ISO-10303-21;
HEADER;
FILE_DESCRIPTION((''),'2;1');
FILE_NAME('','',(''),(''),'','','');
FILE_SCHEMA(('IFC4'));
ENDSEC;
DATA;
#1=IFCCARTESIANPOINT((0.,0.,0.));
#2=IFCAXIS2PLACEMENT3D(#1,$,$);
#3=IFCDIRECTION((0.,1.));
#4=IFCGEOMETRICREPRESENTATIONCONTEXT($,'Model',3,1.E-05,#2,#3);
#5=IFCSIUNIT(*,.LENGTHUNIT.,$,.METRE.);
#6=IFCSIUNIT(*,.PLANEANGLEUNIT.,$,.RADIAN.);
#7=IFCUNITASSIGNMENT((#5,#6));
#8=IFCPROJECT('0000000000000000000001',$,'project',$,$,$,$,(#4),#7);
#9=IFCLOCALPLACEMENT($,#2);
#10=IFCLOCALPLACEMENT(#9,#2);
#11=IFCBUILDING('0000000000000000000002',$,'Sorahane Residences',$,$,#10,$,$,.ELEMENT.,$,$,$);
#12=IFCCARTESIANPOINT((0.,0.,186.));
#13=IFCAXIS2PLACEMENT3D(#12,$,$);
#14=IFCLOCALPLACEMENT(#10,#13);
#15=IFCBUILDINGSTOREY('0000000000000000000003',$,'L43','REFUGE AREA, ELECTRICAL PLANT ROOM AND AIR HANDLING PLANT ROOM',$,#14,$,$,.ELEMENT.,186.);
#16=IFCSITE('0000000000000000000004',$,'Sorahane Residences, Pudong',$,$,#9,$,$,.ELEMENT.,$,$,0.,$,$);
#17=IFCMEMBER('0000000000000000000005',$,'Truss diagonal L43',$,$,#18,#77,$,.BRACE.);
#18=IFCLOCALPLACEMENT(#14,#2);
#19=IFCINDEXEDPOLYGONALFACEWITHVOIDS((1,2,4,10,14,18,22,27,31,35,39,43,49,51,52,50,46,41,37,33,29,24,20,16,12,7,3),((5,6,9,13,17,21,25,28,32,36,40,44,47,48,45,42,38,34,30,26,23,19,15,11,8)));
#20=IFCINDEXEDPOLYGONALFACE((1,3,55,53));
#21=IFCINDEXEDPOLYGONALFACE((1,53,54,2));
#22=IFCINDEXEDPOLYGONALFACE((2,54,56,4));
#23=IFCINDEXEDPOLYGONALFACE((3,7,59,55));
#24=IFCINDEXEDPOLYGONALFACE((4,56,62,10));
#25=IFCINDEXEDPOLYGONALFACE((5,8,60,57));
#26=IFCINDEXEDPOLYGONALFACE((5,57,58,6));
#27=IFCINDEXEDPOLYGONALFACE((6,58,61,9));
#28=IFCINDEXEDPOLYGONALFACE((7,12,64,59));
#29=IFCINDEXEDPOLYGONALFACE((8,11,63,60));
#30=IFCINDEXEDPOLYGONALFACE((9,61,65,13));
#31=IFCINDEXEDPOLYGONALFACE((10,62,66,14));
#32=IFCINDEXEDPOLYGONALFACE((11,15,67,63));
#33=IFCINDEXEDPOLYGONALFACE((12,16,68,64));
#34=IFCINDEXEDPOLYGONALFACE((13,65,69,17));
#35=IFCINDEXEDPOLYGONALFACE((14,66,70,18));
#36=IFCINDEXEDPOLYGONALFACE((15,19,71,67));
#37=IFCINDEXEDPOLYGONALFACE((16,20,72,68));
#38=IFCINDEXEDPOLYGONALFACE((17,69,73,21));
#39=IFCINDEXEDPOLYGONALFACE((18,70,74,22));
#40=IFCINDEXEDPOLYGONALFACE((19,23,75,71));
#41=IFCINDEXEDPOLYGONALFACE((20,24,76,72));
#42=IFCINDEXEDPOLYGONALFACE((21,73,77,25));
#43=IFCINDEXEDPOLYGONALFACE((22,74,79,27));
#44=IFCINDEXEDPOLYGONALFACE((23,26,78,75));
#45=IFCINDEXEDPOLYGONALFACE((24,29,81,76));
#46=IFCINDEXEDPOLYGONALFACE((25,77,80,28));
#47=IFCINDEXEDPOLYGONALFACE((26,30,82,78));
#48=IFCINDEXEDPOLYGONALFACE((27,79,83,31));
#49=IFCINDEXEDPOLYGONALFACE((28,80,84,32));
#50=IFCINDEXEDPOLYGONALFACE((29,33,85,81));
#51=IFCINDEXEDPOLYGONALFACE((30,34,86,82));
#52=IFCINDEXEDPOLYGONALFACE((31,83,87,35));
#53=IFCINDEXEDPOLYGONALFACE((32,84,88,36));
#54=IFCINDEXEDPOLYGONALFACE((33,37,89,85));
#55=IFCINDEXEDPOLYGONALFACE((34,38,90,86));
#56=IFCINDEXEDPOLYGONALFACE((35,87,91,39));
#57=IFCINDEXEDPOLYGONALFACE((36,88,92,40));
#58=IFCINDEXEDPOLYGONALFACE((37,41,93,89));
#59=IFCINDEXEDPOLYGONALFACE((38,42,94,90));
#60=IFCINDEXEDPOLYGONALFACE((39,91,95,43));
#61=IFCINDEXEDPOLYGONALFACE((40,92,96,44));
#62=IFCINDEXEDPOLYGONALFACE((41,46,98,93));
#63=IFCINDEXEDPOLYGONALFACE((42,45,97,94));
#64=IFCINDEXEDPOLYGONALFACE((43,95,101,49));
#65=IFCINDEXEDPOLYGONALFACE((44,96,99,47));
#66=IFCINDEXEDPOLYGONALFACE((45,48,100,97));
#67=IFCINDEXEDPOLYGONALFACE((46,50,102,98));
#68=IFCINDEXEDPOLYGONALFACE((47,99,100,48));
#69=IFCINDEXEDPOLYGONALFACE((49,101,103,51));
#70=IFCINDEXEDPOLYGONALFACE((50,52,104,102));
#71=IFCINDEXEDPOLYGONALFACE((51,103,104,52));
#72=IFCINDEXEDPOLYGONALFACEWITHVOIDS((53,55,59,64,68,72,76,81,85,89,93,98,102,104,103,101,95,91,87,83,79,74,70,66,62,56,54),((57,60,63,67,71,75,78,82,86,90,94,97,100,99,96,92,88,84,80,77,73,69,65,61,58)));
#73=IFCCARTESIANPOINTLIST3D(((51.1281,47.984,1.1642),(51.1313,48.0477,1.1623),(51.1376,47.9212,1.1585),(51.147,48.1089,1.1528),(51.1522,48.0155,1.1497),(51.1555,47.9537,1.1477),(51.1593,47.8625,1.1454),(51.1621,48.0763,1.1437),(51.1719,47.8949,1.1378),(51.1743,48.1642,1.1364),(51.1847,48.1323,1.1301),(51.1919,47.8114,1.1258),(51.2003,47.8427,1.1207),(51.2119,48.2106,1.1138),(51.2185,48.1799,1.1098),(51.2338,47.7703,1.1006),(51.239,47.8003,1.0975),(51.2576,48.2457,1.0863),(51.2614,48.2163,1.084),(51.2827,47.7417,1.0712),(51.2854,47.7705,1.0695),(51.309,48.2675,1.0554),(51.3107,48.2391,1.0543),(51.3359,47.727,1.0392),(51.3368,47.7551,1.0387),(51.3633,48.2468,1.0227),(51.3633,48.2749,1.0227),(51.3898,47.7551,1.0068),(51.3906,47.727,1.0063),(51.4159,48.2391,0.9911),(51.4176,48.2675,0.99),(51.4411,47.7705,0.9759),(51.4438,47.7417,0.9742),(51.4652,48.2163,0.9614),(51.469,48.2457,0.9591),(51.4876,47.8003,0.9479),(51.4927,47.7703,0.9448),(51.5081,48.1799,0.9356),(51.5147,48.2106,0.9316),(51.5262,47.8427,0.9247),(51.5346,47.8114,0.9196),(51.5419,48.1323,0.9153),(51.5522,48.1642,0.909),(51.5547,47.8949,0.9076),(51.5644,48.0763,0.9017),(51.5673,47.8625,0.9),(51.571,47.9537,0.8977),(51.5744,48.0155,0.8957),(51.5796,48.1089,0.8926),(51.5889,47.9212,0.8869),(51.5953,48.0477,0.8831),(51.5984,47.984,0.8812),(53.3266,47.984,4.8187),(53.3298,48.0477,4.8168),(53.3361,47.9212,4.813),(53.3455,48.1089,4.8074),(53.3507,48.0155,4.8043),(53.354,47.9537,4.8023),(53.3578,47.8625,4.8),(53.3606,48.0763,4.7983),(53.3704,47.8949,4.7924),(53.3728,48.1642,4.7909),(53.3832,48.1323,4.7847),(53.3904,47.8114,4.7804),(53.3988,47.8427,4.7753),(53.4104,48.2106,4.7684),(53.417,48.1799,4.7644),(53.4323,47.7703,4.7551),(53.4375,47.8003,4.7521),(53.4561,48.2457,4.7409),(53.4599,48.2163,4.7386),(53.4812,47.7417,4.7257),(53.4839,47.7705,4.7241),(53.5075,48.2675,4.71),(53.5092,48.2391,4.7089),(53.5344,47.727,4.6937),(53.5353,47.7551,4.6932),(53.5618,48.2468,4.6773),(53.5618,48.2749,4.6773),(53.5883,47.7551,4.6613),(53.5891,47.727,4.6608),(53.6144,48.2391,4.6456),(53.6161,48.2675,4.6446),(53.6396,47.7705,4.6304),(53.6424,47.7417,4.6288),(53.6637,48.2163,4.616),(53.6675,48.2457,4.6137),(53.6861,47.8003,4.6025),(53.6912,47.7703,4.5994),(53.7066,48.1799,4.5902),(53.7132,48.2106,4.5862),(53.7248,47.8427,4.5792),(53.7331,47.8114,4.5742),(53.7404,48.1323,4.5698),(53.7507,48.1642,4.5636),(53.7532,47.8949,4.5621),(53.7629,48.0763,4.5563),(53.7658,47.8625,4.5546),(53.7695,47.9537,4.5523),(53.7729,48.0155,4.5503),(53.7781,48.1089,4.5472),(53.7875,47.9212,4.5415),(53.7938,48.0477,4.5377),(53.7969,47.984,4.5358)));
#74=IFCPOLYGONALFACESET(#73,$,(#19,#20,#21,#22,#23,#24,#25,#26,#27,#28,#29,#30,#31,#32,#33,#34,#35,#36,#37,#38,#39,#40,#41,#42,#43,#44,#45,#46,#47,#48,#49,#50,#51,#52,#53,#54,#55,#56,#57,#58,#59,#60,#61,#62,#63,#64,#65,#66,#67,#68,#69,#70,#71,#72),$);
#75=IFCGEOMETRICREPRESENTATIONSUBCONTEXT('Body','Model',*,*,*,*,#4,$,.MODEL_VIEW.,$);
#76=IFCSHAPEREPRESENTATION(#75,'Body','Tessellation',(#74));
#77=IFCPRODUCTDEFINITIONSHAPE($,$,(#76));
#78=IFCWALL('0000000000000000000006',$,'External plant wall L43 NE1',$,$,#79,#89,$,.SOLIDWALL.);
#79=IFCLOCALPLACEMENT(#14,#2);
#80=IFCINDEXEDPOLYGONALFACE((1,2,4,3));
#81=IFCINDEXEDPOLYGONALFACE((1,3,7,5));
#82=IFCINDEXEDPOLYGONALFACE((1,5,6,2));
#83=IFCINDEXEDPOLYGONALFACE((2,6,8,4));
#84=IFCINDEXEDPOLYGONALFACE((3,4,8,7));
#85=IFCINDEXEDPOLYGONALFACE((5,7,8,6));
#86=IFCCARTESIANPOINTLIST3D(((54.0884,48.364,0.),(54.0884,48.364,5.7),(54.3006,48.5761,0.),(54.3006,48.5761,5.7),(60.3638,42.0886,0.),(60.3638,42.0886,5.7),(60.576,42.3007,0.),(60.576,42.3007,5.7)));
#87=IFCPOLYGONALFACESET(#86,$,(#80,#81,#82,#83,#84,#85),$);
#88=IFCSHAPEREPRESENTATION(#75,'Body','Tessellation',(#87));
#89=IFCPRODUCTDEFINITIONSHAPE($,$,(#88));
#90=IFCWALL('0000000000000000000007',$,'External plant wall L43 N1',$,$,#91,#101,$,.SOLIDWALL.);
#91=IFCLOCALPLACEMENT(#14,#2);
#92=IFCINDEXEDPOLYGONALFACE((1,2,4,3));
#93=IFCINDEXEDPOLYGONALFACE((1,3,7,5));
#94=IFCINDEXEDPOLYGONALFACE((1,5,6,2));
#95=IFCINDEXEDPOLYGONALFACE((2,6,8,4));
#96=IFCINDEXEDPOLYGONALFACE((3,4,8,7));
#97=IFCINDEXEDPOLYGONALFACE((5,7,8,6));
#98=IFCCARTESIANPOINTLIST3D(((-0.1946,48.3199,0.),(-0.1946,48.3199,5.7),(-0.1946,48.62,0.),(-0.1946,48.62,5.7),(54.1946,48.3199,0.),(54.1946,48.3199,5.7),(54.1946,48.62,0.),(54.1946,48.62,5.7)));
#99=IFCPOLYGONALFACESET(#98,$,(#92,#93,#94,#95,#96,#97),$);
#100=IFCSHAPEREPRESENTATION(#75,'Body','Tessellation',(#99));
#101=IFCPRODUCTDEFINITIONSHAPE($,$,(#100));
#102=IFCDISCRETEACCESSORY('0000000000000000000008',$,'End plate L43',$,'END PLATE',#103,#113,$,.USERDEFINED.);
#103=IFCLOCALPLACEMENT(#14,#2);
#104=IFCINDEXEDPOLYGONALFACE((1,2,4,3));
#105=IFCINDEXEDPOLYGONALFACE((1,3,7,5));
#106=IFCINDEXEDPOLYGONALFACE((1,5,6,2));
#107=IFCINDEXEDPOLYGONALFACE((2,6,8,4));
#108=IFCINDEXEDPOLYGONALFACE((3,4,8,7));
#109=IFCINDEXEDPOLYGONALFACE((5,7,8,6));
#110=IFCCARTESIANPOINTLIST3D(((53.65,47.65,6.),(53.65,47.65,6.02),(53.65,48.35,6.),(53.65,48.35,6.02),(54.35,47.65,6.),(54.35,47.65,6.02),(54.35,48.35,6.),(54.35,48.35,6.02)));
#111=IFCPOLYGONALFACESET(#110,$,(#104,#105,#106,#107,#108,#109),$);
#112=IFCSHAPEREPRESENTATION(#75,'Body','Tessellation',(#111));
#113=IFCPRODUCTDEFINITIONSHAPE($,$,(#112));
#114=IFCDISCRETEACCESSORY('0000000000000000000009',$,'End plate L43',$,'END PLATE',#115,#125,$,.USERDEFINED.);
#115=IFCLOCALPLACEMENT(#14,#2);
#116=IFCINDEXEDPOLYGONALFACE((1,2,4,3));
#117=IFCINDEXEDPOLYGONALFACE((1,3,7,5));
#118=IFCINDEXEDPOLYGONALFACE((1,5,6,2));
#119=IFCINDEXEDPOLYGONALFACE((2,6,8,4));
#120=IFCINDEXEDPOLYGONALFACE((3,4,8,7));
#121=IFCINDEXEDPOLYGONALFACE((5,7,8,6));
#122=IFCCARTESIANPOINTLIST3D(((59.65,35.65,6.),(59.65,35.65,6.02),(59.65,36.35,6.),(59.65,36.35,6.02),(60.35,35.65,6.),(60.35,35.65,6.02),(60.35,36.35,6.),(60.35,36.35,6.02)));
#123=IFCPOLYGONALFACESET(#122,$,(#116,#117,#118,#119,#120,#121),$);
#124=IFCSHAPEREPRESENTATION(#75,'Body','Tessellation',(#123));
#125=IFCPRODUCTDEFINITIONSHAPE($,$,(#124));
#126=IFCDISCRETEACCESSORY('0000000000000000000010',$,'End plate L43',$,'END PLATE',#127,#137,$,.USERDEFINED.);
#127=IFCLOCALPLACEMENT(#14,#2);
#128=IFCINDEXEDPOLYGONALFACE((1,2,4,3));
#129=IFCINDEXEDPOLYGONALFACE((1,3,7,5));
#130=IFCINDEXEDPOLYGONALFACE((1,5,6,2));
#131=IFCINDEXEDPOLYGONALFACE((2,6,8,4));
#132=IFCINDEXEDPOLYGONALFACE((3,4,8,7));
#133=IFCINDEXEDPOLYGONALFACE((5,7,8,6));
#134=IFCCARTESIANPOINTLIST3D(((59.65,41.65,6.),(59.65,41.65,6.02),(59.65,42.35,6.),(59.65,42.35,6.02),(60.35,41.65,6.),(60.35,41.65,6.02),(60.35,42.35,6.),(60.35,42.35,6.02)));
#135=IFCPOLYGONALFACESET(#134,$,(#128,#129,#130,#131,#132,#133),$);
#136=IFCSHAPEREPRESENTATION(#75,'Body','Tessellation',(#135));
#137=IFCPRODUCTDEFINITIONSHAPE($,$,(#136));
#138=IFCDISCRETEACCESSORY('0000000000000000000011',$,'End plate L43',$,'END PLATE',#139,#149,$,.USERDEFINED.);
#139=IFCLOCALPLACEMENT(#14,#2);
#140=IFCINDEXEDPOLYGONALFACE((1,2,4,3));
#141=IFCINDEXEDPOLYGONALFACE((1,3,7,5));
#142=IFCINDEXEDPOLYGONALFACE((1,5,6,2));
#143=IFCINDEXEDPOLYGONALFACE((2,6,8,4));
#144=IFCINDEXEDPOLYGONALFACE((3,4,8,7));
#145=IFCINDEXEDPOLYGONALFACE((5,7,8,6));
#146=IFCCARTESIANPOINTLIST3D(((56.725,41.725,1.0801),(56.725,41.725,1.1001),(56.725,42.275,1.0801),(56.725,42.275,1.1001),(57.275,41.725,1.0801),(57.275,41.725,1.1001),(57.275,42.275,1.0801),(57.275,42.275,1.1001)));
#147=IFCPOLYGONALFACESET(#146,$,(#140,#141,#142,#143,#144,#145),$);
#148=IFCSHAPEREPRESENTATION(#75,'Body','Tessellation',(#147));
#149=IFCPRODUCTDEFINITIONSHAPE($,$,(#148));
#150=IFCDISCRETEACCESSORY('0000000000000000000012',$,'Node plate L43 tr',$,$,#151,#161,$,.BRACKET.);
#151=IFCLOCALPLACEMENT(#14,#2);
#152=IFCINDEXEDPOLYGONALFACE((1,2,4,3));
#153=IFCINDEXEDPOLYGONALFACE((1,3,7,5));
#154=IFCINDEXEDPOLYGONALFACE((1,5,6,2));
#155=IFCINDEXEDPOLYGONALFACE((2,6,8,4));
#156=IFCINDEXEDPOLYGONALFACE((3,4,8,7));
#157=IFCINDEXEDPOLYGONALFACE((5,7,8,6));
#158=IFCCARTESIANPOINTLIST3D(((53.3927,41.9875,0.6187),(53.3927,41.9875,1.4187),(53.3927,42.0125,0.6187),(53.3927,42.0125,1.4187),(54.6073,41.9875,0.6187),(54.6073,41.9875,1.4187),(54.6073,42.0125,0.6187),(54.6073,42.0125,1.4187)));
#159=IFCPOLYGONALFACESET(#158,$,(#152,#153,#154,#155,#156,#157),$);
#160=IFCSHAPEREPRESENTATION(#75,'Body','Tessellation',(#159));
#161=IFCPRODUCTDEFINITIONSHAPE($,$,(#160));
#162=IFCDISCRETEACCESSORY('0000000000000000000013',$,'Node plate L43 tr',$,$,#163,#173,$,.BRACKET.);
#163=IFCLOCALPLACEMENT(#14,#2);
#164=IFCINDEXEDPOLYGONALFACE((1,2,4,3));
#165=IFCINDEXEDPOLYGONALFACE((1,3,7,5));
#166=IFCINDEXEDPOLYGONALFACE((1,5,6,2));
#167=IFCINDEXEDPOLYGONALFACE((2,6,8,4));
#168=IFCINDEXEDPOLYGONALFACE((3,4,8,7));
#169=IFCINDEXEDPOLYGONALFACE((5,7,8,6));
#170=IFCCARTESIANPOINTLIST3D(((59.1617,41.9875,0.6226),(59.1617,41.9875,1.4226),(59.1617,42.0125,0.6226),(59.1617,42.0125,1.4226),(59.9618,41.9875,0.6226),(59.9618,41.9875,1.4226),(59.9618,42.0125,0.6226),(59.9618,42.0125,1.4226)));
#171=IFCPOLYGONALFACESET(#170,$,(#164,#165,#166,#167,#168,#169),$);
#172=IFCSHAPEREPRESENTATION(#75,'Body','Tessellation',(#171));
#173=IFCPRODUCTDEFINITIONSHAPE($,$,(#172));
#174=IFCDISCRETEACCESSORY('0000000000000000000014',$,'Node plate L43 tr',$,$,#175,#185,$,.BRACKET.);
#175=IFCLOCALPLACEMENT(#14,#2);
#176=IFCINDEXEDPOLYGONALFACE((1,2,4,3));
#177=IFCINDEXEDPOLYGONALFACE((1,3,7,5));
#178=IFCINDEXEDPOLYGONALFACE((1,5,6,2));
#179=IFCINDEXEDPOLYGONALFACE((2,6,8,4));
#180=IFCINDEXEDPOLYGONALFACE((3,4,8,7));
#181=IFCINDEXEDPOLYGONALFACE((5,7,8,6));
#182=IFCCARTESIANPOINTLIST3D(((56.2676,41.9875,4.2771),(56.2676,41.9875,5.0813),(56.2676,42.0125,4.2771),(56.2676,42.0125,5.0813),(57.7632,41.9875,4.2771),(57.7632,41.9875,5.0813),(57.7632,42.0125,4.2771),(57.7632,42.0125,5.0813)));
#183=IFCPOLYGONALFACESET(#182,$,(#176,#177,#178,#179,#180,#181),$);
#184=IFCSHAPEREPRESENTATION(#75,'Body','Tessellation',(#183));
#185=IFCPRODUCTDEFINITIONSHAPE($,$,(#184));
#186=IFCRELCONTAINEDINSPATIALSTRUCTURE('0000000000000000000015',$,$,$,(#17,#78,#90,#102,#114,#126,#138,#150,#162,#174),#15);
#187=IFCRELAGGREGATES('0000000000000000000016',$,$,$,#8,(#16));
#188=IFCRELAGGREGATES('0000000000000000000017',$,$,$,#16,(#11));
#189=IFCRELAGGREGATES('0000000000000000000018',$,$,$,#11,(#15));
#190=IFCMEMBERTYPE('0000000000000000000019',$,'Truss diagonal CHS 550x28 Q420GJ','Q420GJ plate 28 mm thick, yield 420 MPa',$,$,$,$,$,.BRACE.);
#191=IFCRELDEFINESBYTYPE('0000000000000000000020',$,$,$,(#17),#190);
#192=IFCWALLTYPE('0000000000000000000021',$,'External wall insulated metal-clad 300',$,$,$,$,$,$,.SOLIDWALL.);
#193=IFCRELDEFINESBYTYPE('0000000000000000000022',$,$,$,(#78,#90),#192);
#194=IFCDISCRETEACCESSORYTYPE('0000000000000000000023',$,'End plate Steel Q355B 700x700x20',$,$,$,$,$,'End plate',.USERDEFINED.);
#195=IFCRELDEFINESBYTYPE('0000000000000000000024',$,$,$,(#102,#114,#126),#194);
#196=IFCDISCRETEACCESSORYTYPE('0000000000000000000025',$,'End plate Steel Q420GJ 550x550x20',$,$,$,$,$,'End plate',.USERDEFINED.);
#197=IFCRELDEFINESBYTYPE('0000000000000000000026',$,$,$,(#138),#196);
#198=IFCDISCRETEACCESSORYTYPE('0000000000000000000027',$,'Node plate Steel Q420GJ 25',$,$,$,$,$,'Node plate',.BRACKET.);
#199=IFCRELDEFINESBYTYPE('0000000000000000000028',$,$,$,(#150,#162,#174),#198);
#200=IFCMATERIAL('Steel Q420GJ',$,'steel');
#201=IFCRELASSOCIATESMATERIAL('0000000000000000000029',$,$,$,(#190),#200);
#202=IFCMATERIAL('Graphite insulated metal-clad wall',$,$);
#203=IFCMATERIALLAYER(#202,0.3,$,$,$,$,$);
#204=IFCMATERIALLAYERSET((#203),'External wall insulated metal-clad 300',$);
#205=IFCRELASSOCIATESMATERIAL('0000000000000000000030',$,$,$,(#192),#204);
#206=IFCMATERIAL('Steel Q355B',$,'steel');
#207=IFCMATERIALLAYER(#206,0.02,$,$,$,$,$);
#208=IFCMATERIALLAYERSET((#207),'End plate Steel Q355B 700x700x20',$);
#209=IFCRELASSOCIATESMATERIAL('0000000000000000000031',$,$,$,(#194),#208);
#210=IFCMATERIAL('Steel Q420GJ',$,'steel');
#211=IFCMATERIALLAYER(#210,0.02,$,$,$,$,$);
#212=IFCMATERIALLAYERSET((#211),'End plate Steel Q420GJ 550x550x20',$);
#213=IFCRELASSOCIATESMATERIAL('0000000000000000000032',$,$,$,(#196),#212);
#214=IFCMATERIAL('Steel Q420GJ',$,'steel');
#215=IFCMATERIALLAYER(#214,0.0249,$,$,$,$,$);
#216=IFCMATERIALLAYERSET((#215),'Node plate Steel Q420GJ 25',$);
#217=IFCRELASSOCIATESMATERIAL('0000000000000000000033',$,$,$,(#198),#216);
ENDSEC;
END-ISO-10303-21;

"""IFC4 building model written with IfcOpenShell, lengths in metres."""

from ifc_helpers import new_model, si_unit, direction, frame, frame_2d, origin, origin_2d, place, context, subcontext, project, spatial, rectangle, hollow_circle, extrude, material, layer, layer_set, material_profile, profile_set, type_object, element, save


model = new_model("IFC4")

# Units and contexts
model_context = context("Model", 3, precision=1e-05, world=origin(), true_north=direction((0.0, 1.0)))
body_context = subcontext(model_context, "Body", "Model", "MODEL_VIEW")
ifc_project = project(units=[si_unit("LENGTHUNIT", "METRE"), si_unit("PLANEANGLEUNIT", "RADIAN")], contexts=[model_context])

# Site, building, storey
site_placement = place(None, origin())
site = spatial("IfcSite", under=ifc_project, at=site_placement, Name="Sorahane Residences, Pudong", CompositionType="ELEMENT", RefElevation=0.0)
building_placement = place(site_placement, origin())
building = spatial("IfcBuilding", under=site, at=building_placement, Name="Sorahane Residences", CompositionType="ELEMENT")
storey_placement = place(building_placement, frame((0.0, 0.0, 186.0)))
storey = spatial("IfcBuildingStorey", under=building, at=storey_placement, Name="L43", Description="REFUGE AREA, ELECTRICAL PLANT ROOM AND AIR HANDLING PLANT ROOM", CompositionType="ELEMENT", Elevation=186.0)

# Member
ifc_material_1 = material(Name="Steel Q420GJ", Category="steel")
ifc_material_profile_1 = material_profile(ifc_material_1, hollow_circle(Radius=0.2749, WallThickness=0.0281, at=origin_2d()), Name="CHS 550x28")
ifc_profile_set_1 = profile_set([ifc_material_profile_1], Name="Steel Q420GJ")
member_type = type_object("IfcMemberType", Name="Truss diagonal CHS 550x28 Q420GJ", Description="Q420GJ plate 28 mm thick, yield 420 MPa", PredefinedType="BRACE", material=ifc_profile_set_1)
for number, where, z_axis, x_axis, name in (
    (1, (51.3633, 48.0, 1.0227), (0.515489, 0.0, 0.856896), (0.0, 1.0, 0.0), "Truss diagonal L43"),
):
    element("IfcMember", number, at=place(storey_placement, frame(where, z_axis=z_axis, x_axis=x_axis)), inside=storey, type_object=member_type, Name=name, PredefinedType="BRACE", context=body_context, shape_type="SweptSolid", body=[
        extrude(hollow_circle(Radius=0.2749, WallThickness=0.0281, at=origin_2d()), origin(), (0.0, 0.0, 1.0), 4.2649),
    ])

# Walls
ifc_material_2 = material(Name="Graphite insulated metal-clad wall")
ifc_layer_1 = layer(ifc_material_2, 0.3)
ifc_layer_set_1 = layer_set([ifc_layer_1], Name="External wall insulated metal-clad 300")
wall_type = type_object("IfcWallType", Name="External wall insulated metal-clad 300", PredefinedType="SOLIDWALL", material=ifc_layer_set_1)
wall_1_placement = place(storey_placement, frame((60.47, 42.1946, 0.0), z_axis=(0.0, 0.0, 1.0), x_axis=(-0.707107, 0.707107, 0.0)))
element("IfcWall", 2, at=wall_1_placement, inside=storey, type_object=wall_type, Name="External plant wall L43 NE1", PredefinedType="SOLIDWALL", context=body_context, shape_type="SweptSolid", body=[
    extrude(rectangle(XDim=8.8748, YDim=0.3, at=frame_2d((4.4375, 0.0))), origin(), (0.0, 0.0, 1.0), 5.7),
])
wall_2_placement = place(storey_placement, frame((54.1946, 48.47, 0.0), z_axis=(0.0, 0.0, 1.0), x_axis=(-1.0, 0.0, 0.0)))
element("IfcWall", 3, at=wall_2_placement, inside=storey, type_object=wall_type, Name="External plant wall L43 N1", PredefinedType="SOLIDWALL", context=body_context, shape_type="SweptSolid", body=[
    extrude(rectangle(XDim=54.3892, YDim=0.3, at=frame_2d((27.1946, 0.0))), origin(), (0.0, 0.0, 1.0), 5.7),
])

# Discrete accessories
ifc_material_3 = material(Name="Steel Q355B", Category="steel")
ifc_layer_2 = layer(ifc_material_3, 0.02)
ifc_layer_set_2 = layer_set([ifc_layer_2], Name="End plate Steel Q355B 700x700x20")
discrete_accessory_type_1 = type_object("IfcDiscreteAccessoryType", Name="End plate Steel Q355B 700x700x20", ElementType="End plate", PredefinedType="USERDEFINED", material=ifc_layer_set_2)
for number, where, z_axis, x_axis, name in (
    (4, (54.0, 48.0, 6.0), (0.0, 0.0, 1.0), (1.0, 0.0, 0.0), "End plate L43"),
    (5, (60.0, 36.0, 6.0), (0.0, 0.0, 1.0), (1.0, 0.0, 0.0), "End plate L43"),
    (6, (60.0, 42.0, 6.0), (0.0, 0.0, 1.0), (1.0, 0.0, 0.0), "End plate L43"),
):
    element("IfcDiscreteAccessory", number, at=place(storey_placement, frame(where, z_axis=z_axis, x_axis=x_axis)), inside=storey, type_object=discrete_accessory_type_1, Name=name, ObjectType="END PLATE", PredefinedType="USERDEFINED", context=body_context, shape_type="SweptSolid", body=[
        extrude(rectangle(XDim=0.7, YDim=0.7, at=origin_2d()), origin(), (0.0, 0.0, 1.0), 0.02),
    ])
ifc_material_4 = material(Name="Steel Q420GJ", Category="steel")
ifc_layer_3 = layer(ifc_material_4, 0.02)
ifc_layer_set_3 = layer_set([ifc_layer_3], Name="End plate Steel Q420GJ 550x550x20")
discrete_accessory_type_2 = type_object("IfcDiscreteAccessoryType", Name="End plate Steel Q420GJ 550x550x20", ElementType="End plate", PredefinedType="USERDEFINED", material=ifc_layer_set_3)
discrete_accessory_1_placement = place(storey_placement, frame((57.0, 42.0, 1.0801), z_axis=(0.0, 0.0, 1.0), x_axis=(1.0, 0.0, 0.0)))
element("IfcDiscreteAccessory", 7, at=discrete_accessory_1_placement, inside=storey, type_object=discrete_accessory_type_2, Name="End plate L43", ObjectType="END PLATE", PredefinedType="USERDEFINED", context=body_context, shape_type="SweptSolid", body=[
    extrude(rectangle(XDim=0.55, YDim=0.55, at=origin_2d()), origin(), (0.0, 0.0, 1.0), 0.02),
])
ifc_material_5 = material(Name="Steel Q420GJ", Category="steel")
ifc_layer_4 = layer(ifc_material_5, 0.0249)
ifc_layer_set_4 = layer_set([ifc_layer_4], Name="Node plate Steel Q420GJ 25")
discrete_accessory_type_3 = type_object("IfcDiscreteAccessoryType", Name="Node plate Steel Q420GJ 25", ElementType="Node plate", PredefinedType="BRACKET", material=ifc_layer_set_4)
discrete_accessory_2_placement = place(storey_placement, frame((54.0, 42.0, 0.6187), z_axis=(0.0, 0.0, 1.0), x_axis=(1.0, 0.0, 0.0)))
element("IfcDiscreteAccessory", 8, at=discrete_accessory_2_placement, inside=storey, type_object=discrete_accessory_type_3, Name="Node plate L43 tr", PredefinedType="BRACKET", context=body_context, shape_type="SweptSolid", body=[
    extrude(rectangle(XDim=1.2146, YDim=0.0249, at=origin_2d()), origin(), (0.0, 0.0, 1.0), 0.8),
])
discrete_accessory_3_placement = place(storey_placement, frame((59.5618, 42.0, 0.6226), z_axis=(0.0, 0.0, 1.0), x_axis=(1.0, 0.0, 0.0)))
element("IfcDiscreteAccessory", 9, at=discrete_accessory_3_placement, inside=storey, type_object=discrete_accessory_type_3, Name="Node plate L43 tr", PredefinedType="BRACKET", context=body_context, shape_type="SweptSolid", body=[
    extrude(rectangle(XDim=0.8, YDim=0.0249, at=origin_2d()), origin(), (0.0, 0.0, 1.0), 0.8),
])
discrete_accessory_4_placement = place(storey_placement, frame((57.0154, 42.0, 4.2771), z_axis=(0.0, 0.0, 1.0), x_axis=(1.0, 0.0, 0.0)))
element("IfcDiscreteAccessory", 10, at=discrete_accessory_4_placement, inside=storey, type_object=discrete_accessory_type_3, Name="Node plate L43 tr", PredefinedType="BRACKET", context=body_context, shape_type="SweptSolid", body=[
    extrude(rectangle(XDim=1.4956, YDim=0.0249, at=origin_2d()), origin(), (0.0, 0.0, 1.0), 0.8042),
])

save(model, "model.ifc")
